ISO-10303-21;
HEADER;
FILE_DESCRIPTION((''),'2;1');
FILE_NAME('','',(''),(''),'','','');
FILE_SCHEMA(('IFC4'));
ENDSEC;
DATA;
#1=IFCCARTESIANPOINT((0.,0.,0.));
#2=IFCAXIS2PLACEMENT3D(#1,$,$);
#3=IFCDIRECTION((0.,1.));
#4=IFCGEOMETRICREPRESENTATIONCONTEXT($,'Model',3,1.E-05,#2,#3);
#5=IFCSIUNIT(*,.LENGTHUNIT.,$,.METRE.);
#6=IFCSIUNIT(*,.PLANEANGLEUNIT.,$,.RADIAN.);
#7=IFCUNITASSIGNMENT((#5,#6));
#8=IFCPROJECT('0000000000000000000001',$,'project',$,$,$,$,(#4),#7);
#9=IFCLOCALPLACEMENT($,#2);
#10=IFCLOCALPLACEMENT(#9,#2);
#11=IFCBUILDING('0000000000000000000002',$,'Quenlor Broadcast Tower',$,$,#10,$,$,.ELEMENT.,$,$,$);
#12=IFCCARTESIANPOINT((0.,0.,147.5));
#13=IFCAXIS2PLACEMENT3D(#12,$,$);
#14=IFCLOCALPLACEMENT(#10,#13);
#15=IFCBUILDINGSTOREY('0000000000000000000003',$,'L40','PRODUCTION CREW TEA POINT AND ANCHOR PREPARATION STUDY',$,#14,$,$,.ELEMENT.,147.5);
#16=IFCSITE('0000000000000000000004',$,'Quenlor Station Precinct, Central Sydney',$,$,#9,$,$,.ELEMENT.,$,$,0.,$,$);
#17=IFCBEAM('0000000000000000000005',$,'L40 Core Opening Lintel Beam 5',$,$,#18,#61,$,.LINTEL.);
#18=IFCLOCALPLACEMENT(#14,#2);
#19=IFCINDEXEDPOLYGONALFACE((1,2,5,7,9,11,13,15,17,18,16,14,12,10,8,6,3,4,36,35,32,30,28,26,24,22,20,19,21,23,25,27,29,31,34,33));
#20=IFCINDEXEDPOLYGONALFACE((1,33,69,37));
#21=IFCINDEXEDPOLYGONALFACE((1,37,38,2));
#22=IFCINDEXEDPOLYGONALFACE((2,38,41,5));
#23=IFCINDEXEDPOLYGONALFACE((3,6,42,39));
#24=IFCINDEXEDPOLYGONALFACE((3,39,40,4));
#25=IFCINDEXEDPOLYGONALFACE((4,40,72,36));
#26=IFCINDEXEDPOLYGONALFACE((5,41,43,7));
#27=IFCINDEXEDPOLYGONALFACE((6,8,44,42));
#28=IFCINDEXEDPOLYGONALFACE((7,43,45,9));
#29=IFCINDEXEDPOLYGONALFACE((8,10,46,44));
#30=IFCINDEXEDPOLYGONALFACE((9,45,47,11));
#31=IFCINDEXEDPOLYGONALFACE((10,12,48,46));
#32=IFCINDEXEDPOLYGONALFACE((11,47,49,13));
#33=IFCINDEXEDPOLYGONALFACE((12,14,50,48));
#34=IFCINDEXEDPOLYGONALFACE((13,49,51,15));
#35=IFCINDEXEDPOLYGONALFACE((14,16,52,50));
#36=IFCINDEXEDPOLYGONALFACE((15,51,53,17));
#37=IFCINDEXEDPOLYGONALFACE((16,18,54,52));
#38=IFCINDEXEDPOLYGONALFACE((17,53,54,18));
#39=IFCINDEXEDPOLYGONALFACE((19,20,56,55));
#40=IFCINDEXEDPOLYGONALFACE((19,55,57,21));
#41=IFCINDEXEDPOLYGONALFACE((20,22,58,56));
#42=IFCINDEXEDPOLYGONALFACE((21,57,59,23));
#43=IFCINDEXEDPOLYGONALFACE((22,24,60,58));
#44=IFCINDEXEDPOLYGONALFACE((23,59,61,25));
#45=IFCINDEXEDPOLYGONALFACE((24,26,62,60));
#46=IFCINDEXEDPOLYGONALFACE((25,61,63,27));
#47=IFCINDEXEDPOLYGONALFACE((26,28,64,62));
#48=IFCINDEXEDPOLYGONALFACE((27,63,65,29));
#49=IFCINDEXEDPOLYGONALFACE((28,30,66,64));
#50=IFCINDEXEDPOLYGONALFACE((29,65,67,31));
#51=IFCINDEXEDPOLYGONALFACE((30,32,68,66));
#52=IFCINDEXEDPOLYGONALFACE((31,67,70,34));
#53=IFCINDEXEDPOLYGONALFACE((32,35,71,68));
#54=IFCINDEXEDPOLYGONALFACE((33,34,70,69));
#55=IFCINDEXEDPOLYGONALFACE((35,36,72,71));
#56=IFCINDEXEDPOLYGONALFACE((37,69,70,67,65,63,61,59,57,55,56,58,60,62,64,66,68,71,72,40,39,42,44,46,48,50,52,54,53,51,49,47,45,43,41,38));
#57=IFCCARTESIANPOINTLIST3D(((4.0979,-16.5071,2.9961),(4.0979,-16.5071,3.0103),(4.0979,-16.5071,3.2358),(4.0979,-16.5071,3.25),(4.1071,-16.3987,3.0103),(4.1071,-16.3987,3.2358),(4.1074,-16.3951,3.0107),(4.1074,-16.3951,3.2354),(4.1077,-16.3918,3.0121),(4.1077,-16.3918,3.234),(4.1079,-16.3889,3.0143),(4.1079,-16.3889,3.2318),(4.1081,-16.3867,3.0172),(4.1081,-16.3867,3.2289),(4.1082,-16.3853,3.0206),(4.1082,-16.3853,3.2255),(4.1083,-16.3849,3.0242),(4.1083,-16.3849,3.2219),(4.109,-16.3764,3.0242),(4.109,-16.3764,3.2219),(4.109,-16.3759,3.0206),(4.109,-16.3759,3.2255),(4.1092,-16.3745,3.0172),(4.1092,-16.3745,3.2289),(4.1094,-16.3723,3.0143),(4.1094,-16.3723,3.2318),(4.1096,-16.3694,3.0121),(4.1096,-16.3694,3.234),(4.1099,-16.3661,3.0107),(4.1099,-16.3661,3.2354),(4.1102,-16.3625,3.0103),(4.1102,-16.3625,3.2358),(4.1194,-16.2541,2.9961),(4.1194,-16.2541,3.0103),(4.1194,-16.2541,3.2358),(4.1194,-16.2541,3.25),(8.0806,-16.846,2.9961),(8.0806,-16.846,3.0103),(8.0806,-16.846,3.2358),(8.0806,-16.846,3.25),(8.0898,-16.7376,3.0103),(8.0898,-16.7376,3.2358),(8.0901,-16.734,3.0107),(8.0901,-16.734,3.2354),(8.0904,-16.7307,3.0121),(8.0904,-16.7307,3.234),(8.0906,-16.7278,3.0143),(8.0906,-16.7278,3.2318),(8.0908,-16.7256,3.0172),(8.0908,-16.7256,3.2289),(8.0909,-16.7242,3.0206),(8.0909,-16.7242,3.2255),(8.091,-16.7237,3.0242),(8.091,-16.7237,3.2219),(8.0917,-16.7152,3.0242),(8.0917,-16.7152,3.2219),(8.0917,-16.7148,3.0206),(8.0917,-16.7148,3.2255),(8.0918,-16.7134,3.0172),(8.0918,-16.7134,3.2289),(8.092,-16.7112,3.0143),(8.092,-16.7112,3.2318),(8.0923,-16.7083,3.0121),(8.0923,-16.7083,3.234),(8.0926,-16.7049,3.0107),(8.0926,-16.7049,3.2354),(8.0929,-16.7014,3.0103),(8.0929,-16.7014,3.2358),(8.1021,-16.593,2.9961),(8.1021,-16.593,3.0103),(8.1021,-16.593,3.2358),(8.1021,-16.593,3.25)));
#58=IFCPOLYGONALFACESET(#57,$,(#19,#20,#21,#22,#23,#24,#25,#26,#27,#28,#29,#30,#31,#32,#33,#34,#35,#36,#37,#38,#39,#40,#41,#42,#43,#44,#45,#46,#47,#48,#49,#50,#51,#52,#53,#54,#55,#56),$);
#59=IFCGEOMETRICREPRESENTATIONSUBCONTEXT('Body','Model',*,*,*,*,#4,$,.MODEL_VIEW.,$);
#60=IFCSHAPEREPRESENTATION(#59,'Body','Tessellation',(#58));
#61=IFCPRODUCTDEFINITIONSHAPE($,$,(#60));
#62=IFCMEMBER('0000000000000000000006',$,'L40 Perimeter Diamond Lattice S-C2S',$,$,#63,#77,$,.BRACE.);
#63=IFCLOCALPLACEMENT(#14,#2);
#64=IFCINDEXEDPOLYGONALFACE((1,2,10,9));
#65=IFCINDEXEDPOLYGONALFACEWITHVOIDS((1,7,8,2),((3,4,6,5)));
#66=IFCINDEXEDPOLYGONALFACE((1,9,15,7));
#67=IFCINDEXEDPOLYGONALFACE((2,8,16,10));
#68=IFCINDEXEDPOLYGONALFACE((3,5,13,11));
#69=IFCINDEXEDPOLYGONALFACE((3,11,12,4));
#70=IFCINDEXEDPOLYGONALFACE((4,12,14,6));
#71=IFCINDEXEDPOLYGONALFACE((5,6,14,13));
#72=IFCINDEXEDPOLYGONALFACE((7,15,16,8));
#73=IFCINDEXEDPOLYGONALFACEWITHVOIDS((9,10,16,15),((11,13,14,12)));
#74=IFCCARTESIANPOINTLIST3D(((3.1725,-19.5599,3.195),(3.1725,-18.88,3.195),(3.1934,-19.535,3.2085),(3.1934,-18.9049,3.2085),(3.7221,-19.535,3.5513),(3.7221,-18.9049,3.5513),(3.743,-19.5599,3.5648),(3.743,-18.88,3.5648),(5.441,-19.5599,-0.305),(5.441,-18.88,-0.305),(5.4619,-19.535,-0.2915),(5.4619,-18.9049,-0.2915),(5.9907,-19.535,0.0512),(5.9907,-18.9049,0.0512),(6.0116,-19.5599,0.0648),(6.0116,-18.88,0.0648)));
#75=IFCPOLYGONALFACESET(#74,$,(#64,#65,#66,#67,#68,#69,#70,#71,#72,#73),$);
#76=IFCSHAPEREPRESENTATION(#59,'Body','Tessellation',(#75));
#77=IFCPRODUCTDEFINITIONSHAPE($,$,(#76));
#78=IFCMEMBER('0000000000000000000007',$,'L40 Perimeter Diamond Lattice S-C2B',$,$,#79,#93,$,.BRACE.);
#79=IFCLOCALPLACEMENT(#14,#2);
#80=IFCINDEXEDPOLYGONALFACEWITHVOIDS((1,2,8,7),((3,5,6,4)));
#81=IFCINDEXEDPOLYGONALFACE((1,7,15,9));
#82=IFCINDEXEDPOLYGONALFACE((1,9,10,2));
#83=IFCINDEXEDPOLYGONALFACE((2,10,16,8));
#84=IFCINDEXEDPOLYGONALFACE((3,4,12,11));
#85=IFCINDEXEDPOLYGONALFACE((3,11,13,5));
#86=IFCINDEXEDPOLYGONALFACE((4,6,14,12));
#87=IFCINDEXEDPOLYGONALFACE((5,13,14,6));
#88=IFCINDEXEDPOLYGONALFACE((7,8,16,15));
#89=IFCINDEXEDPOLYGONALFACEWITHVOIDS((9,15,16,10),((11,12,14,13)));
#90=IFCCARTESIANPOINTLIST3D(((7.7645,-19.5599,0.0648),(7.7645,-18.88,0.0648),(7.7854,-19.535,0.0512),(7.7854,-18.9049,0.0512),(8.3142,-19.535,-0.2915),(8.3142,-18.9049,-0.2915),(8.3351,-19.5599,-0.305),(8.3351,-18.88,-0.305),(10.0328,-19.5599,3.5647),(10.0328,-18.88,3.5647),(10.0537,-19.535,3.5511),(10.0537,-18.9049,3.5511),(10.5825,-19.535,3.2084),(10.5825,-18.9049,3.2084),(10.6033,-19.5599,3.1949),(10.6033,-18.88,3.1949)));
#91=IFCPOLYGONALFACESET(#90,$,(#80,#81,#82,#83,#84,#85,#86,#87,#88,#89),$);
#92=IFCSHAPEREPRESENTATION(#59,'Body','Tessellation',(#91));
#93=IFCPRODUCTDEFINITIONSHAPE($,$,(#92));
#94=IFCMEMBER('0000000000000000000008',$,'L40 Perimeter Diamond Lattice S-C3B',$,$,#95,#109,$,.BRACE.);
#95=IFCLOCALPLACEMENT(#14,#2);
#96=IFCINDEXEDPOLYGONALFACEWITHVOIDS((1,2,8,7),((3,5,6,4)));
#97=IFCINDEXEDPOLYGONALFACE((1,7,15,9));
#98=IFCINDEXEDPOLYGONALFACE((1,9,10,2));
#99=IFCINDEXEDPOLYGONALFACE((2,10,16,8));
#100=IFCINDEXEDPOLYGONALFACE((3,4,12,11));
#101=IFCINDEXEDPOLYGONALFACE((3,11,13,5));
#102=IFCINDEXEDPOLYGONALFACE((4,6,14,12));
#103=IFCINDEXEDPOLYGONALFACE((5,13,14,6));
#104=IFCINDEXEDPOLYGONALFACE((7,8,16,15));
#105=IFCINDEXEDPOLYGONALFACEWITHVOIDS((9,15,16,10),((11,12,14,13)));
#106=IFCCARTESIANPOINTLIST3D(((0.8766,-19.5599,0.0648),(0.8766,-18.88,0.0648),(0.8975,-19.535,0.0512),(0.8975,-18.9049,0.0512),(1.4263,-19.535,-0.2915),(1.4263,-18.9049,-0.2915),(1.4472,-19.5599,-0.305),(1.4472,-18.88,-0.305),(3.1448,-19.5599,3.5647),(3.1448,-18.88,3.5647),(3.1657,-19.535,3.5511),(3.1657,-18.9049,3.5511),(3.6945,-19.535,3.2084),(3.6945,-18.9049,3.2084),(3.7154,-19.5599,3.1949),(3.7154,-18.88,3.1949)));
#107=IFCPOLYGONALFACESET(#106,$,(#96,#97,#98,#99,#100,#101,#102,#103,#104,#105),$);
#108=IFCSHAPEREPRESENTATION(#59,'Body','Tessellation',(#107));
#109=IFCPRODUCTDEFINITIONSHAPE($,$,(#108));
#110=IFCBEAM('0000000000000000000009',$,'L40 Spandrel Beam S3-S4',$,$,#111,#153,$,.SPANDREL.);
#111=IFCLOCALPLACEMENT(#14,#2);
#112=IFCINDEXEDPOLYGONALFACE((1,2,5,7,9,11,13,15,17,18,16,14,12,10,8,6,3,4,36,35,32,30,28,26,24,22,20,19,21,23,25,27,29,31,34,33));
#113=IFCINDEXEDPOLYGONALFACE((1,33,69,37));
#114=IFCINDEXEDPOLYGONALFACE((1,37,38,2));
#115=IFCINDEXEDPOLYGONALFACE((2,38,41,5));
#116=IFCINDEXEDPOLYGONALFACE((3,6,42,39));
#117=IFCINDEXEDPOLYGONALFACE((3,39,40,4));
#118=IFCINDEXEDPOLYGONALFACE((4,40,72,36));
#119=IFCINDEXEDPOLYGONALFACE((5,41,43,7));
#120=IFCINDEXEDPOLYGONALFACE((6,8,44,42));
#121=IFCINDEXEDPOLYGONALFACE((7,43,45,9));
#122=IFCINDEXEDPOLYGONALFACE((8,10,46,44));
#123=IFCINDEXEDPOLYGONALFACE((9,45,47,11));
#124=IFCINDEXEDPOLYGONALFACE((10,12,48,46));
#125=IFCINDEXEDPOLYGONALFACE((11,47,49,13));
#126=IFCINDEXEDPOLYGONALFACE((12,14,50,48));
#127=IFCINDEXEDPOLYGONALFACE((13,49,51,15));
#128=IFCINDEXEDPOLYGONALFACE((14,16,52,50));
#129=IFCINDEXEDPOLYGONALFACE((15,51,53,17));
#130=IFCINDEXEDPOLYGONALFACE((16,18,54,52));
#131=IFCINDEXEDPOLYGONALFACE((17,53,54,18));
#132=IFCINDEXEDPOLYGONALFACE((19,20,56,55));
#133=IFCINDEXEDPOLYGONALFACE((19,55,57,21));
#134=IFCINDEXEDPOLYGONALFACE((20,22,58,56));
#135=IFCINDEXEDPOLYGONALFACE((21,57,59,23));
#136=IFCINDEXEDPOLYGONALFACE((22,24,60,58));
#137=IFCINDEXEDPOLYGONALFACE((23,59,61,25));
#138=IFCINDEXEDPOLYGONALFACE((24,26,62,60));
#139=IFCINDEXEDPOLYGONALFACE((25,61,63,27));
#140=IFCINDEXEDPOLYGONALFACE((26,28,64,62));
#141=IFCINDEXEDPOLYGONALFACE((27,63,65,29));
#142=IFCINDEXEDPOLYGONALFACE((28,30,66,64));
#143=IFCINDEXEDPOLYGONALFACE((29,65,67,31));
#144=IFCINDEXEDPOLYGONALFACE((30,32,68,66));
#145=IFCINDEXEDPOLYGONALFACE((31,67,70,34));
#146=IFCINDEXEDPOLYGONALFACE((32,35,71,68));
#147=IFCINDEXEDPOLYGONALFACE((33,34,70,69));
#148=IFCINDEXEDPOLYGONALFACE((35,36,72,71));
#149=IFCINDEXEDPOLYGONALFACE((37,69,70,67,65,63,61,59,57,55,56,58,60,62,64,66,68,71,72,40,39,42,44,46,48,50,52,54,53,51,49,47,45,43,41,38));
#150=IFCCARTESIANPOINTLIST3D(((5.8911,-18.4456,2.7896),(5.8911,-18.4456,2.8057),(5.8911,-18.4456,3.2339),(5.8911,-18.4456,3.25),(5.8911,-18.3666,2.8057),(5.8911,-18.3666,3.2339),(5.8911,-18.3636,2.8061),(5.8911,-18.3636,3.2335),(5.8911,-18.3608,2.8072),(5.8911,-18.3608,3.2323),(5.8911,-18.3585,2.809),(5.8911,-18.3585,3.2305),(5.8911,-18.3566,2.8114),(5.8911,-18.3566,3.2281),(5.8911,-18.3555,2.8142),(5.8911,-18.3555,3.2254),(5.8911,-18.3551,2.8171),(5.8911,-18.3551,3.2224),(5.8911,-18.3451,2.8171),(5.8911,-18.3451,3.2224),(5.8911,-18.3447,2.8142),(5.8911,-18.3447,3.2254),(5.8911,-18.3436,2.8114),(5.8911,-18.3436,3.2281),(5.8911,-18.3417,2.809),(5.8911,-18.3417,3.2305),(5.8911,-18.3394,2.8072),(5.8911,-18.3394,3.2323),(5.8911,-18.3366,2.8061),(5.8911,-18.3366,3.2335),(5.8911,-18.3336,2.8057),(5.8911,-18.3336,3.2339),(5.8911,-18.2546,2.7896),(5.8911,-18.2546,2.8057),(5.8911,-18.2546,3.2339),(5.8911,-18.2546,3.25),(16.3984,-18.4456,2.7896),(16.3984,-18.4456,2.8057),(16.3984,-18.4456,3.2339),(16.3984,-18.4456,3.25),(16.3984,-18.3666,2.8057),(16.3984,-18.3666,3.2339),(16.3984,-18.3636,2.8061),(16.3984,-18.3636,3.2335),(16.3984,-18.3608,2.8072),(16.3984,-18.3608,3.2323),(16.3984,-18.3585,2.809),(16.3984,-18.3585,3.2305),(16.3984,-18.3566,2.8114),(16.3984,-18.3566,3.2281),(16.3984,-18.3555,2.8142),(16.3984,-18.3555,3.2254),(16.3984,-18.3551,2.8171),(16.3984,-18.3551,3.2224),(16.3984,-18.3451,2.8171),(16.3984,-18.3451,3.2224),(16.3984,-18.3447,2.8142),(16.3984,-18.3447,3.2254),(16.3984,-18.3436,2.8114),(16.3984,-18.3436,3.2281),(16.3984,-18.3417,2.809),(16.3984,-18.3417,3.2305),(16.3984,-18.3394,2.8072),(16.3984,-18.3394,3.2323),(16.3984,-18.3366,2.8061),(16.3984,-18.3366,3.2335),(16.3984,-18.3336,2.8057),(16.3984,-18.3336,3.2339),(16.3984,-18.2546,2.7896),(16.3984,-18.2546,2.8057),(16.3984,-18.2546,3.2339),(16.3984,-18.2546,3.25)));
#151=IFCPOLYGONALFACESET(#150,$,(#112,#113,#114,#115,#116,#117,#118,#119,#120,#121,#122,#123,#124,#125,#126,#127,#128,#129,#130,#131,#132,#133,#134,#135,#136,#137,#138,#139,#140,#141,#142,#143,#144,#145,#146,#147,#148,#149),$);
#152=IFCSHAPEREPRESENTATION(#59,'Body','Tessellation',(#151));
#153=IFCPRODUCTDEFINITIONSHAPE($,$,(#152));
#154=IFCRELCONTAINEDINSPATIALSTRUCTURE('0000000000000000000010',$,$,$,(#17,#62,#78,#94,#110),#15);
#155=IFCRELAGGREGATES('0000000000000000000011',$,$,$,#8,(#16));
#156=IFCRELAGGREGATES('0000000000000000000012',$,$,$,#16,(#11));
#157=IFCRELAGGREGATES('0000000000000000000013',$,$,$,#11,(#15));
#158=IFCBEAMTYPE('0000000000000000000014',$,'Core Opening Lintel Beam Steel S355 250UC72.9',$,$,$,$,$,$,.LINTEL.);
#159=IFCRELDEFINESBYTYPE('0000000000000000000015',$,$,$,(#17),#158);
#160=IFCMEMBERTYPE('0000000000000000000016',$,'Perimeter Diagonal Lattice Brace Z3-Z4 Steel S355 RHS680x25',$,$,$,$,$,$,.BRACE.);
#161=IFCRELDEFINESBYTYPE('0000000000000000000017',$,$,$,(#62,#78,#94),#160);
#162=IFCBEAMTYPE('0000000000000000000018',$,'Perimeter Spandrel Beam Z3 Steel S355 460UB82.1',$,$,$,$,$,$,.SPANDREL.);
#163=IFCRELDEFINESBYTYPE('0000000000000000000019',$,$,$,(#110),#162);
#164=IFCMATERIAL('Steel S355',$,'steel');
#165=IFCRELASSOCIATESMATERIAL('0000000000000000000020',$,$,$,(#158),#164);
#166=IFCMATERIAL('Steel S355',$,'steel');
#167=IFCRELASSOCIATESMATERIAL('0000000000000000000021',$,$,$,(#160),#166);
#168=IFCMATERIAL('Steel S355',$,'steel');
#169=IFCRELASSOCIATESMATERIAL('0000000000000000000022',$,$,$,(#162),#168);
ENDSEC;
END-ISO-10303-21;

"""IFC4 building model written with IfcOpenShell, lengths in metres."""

from ifc_helpers import new_model, si_unit, direction, frame, origin, origin_2d, place, context, subcontext, project, spatial, hollow_rectangle, i_section, extrude, material, material_profile, profile_set, type_object, element, save


model = new_model("IFC4")

# Units and contexts
model_context = context("Model", 3, precision=1e-05, world=origin(), true_north=direction((0.0, 1.0)))
body_context = subcontext(model_context, "Body", "Model", "MODEL_VIEW")
ifc_project = project(units=[si_unit("LENGTHUNIT", "METRE"), si_unit("PLANEANGLEUNIT", "RADIAN")], contexts=[model_context])

# Site, building, storey
site_placement = place(None, origin())
site = spatial("IfcSite", under=ifc_project, at=site_placement, Name="Quenlor Station Precinct, Central Sydney", CompositionType="ELEMENT", RefElevation=0.0)
building_placement = place(site_placement, origin())
building = spatial("IfcBuilding", under=site, at=building_placement, Name="Quenlor Broadcast Tower", CompositionType="ELEMENT")
storey_placement = place(building_placement, frame((0.0, 0.0, 147.5)))
storey = spatial("IfcBuildingStorey", under=building, at=storey_placement, Name="L40", Description="PRODUCTION CREW TEA POINT AND ANCHOR PREPARATION STUDY", CompositionType="ELEMENT", Elevation=147.5)

# Beam
ifc_material_1 = material(Name="Steel S355", Category="steel")
ifc_material_profile_1 = material_profile(ifc_material_1, i_section(OverallWidth=0.2539, OverallDepth=0.2539, WebThickness=0.0085, FlangeThickness=0.0142, FilletRadius=0.0139, at=origin_2d()))
ifc_profile_set_1 = profile_set([ifc_material_profile_1], Name="Steel S355 250UC72.9")
beam_type_1 = type_object("IfcBeamType", Name="Core Opening Lintel Beam Steel S355 250UC72.9", PredefinedType="LINTEL", material=ifc_profile_set_1)
beam_1_placement = place(storey_placement, frame((4.1086, -16.3806, 3.123), z_axis=(0.9964, -0.084779, 0.0), x_axis=(0.084779, 0.9964, 0.0)))
element("IfcBeam", 1, at=beam_1_placement, inside=storey, type_object=beam_type_1, Name="L40 Core Opening Lintel Beam 5", PredefinedType="LINTEL", context=body_context, shape_type="SweptSolid", body=[
    extrude(i_section(OverallWidth=0.2539, OverallDepth=0.2539, WebThickness=0.0085, FlangeThickness=0.0142, FilletRadius=0.0139, at=origin_2d()), origin(), (0.0, 0.0, 1.0), 3.9971),
])

# Members
ifc_material_2 = material(Name="Steel S355", Category="steel")
ifc_material_profile_2 = material_profile(ifc_material_2, hollow_rectangle(XDim=0.6799, YDim=0.6799, WallThickness=0.0249, at=origin_2d()))
ifc_profile_set_2 = profile_set([ifc_material_profile_2], Name="Steel S355 RHS680x680x25")
member_type_1 = type_object("IfcMemberType", Name="Perimeter Diagonal Lattice Brace Z3-Z4 Steel S355 RHS680x25", PredefinedType="BRACE", material=ifc_profile_set_2)
member_1_placement = place(storey_placement, frame((5.7263, -19.22, -0.1201), z_axis=(-0.543902, 0.0, 0.839149), x_axis=(0.0, -1.0, 0.0)))
element("IfcMember", 2, at=member_1_placement, inside=storey, type_object=member_type_1, Name="L40 Perimeter Diamond Lattice S-C2S", PredefinedType="BRACE", context=body_context, shape_type="SweptSolid", body=[
    extrude(hollow_rectangle(XDim=0.6799, YDim=0.6799, WallThickness=0.0249, at=origin_2d()), origin(), (0.0, 0.0, 1.0), 4.1709),
])
for number, where, z_axis, x_axis, name in (
    (3, (8.0498, -19.22, -0.1201), (0.54386, 0.0, 0.839176), (0.0, 1.0, 0.0), "L40 Perimeter Diamond Lattice S-C2B"),
    (4, (1.1619, -19.22, -0.1201), (0.54386, 0.0, 0.839176), (0.0, 1.0, 0.0), "L40 Perimeter Diamond Lattice S-C3B"),
):
    element("IfcMember", number, at=place(storey_placement, frame(where, z_axis=z_axis, x_axis=x_axis)), inside=storey, type_object=member_type_1, Name=name, PredefinedType="BRACE", context=body_context, shape_type="SweptSolid", body=[
        extrude(hollow_rectangle(XDim=0.6799, YDim=0.6799, WallThickness=0.0249, at=origin_2d()), origin(), (0.0, 0.0, 1.0), 4.1707),
    ])

# Beam
ifc_material_3 = material(Name="Steel S355", Category="steel")
ifc_material_profile_3 = material_profile(ifc_material_3, i_section(OverallWidth=0.1909, OverallDepth=0.4604, WebThickness=0.01, FlangeThickness=0.0161, FilletRadius=0.0115, at=origin_2d()))
ifc_profile_set_3 = profile_set([ifc_material_profile_3], Name="Steel S355 460UB82.1")
beam_type_2 = type_object("IfcBeamType", Name="Perimeter Spandrel Beam Z3 Steel S355 460UB82.1", PredefinedType="SPANDREL", material=ifc_profile_set_3)
beam_2_placement = place(storey_placement, frame((5.8911, -18.3501, 3.0198), z_axis=(1.0, 0.0, 0.0), x_axis=(0.0, 1.0, 0.0)))
element("IfcBeam", 5, at=beam_2_placement, inside=storey, type_object=beam_type_2, Name="L40 Spandrel Beam S3-S4", PredefinedType="SPANDREL", context=body_context, shape_type="SweptSolid", body=[
    extrude(i_section(OverallWidth=0.1909, OverallDepth=0.4604, WebThickness=0.01, FlangeThickness=0.0161, FilletRadius=0.0115, at=origin_2d()), origin(), (0.0, 0.0, 1.0), 10.5073),
])

save(model, "model.ifc")
